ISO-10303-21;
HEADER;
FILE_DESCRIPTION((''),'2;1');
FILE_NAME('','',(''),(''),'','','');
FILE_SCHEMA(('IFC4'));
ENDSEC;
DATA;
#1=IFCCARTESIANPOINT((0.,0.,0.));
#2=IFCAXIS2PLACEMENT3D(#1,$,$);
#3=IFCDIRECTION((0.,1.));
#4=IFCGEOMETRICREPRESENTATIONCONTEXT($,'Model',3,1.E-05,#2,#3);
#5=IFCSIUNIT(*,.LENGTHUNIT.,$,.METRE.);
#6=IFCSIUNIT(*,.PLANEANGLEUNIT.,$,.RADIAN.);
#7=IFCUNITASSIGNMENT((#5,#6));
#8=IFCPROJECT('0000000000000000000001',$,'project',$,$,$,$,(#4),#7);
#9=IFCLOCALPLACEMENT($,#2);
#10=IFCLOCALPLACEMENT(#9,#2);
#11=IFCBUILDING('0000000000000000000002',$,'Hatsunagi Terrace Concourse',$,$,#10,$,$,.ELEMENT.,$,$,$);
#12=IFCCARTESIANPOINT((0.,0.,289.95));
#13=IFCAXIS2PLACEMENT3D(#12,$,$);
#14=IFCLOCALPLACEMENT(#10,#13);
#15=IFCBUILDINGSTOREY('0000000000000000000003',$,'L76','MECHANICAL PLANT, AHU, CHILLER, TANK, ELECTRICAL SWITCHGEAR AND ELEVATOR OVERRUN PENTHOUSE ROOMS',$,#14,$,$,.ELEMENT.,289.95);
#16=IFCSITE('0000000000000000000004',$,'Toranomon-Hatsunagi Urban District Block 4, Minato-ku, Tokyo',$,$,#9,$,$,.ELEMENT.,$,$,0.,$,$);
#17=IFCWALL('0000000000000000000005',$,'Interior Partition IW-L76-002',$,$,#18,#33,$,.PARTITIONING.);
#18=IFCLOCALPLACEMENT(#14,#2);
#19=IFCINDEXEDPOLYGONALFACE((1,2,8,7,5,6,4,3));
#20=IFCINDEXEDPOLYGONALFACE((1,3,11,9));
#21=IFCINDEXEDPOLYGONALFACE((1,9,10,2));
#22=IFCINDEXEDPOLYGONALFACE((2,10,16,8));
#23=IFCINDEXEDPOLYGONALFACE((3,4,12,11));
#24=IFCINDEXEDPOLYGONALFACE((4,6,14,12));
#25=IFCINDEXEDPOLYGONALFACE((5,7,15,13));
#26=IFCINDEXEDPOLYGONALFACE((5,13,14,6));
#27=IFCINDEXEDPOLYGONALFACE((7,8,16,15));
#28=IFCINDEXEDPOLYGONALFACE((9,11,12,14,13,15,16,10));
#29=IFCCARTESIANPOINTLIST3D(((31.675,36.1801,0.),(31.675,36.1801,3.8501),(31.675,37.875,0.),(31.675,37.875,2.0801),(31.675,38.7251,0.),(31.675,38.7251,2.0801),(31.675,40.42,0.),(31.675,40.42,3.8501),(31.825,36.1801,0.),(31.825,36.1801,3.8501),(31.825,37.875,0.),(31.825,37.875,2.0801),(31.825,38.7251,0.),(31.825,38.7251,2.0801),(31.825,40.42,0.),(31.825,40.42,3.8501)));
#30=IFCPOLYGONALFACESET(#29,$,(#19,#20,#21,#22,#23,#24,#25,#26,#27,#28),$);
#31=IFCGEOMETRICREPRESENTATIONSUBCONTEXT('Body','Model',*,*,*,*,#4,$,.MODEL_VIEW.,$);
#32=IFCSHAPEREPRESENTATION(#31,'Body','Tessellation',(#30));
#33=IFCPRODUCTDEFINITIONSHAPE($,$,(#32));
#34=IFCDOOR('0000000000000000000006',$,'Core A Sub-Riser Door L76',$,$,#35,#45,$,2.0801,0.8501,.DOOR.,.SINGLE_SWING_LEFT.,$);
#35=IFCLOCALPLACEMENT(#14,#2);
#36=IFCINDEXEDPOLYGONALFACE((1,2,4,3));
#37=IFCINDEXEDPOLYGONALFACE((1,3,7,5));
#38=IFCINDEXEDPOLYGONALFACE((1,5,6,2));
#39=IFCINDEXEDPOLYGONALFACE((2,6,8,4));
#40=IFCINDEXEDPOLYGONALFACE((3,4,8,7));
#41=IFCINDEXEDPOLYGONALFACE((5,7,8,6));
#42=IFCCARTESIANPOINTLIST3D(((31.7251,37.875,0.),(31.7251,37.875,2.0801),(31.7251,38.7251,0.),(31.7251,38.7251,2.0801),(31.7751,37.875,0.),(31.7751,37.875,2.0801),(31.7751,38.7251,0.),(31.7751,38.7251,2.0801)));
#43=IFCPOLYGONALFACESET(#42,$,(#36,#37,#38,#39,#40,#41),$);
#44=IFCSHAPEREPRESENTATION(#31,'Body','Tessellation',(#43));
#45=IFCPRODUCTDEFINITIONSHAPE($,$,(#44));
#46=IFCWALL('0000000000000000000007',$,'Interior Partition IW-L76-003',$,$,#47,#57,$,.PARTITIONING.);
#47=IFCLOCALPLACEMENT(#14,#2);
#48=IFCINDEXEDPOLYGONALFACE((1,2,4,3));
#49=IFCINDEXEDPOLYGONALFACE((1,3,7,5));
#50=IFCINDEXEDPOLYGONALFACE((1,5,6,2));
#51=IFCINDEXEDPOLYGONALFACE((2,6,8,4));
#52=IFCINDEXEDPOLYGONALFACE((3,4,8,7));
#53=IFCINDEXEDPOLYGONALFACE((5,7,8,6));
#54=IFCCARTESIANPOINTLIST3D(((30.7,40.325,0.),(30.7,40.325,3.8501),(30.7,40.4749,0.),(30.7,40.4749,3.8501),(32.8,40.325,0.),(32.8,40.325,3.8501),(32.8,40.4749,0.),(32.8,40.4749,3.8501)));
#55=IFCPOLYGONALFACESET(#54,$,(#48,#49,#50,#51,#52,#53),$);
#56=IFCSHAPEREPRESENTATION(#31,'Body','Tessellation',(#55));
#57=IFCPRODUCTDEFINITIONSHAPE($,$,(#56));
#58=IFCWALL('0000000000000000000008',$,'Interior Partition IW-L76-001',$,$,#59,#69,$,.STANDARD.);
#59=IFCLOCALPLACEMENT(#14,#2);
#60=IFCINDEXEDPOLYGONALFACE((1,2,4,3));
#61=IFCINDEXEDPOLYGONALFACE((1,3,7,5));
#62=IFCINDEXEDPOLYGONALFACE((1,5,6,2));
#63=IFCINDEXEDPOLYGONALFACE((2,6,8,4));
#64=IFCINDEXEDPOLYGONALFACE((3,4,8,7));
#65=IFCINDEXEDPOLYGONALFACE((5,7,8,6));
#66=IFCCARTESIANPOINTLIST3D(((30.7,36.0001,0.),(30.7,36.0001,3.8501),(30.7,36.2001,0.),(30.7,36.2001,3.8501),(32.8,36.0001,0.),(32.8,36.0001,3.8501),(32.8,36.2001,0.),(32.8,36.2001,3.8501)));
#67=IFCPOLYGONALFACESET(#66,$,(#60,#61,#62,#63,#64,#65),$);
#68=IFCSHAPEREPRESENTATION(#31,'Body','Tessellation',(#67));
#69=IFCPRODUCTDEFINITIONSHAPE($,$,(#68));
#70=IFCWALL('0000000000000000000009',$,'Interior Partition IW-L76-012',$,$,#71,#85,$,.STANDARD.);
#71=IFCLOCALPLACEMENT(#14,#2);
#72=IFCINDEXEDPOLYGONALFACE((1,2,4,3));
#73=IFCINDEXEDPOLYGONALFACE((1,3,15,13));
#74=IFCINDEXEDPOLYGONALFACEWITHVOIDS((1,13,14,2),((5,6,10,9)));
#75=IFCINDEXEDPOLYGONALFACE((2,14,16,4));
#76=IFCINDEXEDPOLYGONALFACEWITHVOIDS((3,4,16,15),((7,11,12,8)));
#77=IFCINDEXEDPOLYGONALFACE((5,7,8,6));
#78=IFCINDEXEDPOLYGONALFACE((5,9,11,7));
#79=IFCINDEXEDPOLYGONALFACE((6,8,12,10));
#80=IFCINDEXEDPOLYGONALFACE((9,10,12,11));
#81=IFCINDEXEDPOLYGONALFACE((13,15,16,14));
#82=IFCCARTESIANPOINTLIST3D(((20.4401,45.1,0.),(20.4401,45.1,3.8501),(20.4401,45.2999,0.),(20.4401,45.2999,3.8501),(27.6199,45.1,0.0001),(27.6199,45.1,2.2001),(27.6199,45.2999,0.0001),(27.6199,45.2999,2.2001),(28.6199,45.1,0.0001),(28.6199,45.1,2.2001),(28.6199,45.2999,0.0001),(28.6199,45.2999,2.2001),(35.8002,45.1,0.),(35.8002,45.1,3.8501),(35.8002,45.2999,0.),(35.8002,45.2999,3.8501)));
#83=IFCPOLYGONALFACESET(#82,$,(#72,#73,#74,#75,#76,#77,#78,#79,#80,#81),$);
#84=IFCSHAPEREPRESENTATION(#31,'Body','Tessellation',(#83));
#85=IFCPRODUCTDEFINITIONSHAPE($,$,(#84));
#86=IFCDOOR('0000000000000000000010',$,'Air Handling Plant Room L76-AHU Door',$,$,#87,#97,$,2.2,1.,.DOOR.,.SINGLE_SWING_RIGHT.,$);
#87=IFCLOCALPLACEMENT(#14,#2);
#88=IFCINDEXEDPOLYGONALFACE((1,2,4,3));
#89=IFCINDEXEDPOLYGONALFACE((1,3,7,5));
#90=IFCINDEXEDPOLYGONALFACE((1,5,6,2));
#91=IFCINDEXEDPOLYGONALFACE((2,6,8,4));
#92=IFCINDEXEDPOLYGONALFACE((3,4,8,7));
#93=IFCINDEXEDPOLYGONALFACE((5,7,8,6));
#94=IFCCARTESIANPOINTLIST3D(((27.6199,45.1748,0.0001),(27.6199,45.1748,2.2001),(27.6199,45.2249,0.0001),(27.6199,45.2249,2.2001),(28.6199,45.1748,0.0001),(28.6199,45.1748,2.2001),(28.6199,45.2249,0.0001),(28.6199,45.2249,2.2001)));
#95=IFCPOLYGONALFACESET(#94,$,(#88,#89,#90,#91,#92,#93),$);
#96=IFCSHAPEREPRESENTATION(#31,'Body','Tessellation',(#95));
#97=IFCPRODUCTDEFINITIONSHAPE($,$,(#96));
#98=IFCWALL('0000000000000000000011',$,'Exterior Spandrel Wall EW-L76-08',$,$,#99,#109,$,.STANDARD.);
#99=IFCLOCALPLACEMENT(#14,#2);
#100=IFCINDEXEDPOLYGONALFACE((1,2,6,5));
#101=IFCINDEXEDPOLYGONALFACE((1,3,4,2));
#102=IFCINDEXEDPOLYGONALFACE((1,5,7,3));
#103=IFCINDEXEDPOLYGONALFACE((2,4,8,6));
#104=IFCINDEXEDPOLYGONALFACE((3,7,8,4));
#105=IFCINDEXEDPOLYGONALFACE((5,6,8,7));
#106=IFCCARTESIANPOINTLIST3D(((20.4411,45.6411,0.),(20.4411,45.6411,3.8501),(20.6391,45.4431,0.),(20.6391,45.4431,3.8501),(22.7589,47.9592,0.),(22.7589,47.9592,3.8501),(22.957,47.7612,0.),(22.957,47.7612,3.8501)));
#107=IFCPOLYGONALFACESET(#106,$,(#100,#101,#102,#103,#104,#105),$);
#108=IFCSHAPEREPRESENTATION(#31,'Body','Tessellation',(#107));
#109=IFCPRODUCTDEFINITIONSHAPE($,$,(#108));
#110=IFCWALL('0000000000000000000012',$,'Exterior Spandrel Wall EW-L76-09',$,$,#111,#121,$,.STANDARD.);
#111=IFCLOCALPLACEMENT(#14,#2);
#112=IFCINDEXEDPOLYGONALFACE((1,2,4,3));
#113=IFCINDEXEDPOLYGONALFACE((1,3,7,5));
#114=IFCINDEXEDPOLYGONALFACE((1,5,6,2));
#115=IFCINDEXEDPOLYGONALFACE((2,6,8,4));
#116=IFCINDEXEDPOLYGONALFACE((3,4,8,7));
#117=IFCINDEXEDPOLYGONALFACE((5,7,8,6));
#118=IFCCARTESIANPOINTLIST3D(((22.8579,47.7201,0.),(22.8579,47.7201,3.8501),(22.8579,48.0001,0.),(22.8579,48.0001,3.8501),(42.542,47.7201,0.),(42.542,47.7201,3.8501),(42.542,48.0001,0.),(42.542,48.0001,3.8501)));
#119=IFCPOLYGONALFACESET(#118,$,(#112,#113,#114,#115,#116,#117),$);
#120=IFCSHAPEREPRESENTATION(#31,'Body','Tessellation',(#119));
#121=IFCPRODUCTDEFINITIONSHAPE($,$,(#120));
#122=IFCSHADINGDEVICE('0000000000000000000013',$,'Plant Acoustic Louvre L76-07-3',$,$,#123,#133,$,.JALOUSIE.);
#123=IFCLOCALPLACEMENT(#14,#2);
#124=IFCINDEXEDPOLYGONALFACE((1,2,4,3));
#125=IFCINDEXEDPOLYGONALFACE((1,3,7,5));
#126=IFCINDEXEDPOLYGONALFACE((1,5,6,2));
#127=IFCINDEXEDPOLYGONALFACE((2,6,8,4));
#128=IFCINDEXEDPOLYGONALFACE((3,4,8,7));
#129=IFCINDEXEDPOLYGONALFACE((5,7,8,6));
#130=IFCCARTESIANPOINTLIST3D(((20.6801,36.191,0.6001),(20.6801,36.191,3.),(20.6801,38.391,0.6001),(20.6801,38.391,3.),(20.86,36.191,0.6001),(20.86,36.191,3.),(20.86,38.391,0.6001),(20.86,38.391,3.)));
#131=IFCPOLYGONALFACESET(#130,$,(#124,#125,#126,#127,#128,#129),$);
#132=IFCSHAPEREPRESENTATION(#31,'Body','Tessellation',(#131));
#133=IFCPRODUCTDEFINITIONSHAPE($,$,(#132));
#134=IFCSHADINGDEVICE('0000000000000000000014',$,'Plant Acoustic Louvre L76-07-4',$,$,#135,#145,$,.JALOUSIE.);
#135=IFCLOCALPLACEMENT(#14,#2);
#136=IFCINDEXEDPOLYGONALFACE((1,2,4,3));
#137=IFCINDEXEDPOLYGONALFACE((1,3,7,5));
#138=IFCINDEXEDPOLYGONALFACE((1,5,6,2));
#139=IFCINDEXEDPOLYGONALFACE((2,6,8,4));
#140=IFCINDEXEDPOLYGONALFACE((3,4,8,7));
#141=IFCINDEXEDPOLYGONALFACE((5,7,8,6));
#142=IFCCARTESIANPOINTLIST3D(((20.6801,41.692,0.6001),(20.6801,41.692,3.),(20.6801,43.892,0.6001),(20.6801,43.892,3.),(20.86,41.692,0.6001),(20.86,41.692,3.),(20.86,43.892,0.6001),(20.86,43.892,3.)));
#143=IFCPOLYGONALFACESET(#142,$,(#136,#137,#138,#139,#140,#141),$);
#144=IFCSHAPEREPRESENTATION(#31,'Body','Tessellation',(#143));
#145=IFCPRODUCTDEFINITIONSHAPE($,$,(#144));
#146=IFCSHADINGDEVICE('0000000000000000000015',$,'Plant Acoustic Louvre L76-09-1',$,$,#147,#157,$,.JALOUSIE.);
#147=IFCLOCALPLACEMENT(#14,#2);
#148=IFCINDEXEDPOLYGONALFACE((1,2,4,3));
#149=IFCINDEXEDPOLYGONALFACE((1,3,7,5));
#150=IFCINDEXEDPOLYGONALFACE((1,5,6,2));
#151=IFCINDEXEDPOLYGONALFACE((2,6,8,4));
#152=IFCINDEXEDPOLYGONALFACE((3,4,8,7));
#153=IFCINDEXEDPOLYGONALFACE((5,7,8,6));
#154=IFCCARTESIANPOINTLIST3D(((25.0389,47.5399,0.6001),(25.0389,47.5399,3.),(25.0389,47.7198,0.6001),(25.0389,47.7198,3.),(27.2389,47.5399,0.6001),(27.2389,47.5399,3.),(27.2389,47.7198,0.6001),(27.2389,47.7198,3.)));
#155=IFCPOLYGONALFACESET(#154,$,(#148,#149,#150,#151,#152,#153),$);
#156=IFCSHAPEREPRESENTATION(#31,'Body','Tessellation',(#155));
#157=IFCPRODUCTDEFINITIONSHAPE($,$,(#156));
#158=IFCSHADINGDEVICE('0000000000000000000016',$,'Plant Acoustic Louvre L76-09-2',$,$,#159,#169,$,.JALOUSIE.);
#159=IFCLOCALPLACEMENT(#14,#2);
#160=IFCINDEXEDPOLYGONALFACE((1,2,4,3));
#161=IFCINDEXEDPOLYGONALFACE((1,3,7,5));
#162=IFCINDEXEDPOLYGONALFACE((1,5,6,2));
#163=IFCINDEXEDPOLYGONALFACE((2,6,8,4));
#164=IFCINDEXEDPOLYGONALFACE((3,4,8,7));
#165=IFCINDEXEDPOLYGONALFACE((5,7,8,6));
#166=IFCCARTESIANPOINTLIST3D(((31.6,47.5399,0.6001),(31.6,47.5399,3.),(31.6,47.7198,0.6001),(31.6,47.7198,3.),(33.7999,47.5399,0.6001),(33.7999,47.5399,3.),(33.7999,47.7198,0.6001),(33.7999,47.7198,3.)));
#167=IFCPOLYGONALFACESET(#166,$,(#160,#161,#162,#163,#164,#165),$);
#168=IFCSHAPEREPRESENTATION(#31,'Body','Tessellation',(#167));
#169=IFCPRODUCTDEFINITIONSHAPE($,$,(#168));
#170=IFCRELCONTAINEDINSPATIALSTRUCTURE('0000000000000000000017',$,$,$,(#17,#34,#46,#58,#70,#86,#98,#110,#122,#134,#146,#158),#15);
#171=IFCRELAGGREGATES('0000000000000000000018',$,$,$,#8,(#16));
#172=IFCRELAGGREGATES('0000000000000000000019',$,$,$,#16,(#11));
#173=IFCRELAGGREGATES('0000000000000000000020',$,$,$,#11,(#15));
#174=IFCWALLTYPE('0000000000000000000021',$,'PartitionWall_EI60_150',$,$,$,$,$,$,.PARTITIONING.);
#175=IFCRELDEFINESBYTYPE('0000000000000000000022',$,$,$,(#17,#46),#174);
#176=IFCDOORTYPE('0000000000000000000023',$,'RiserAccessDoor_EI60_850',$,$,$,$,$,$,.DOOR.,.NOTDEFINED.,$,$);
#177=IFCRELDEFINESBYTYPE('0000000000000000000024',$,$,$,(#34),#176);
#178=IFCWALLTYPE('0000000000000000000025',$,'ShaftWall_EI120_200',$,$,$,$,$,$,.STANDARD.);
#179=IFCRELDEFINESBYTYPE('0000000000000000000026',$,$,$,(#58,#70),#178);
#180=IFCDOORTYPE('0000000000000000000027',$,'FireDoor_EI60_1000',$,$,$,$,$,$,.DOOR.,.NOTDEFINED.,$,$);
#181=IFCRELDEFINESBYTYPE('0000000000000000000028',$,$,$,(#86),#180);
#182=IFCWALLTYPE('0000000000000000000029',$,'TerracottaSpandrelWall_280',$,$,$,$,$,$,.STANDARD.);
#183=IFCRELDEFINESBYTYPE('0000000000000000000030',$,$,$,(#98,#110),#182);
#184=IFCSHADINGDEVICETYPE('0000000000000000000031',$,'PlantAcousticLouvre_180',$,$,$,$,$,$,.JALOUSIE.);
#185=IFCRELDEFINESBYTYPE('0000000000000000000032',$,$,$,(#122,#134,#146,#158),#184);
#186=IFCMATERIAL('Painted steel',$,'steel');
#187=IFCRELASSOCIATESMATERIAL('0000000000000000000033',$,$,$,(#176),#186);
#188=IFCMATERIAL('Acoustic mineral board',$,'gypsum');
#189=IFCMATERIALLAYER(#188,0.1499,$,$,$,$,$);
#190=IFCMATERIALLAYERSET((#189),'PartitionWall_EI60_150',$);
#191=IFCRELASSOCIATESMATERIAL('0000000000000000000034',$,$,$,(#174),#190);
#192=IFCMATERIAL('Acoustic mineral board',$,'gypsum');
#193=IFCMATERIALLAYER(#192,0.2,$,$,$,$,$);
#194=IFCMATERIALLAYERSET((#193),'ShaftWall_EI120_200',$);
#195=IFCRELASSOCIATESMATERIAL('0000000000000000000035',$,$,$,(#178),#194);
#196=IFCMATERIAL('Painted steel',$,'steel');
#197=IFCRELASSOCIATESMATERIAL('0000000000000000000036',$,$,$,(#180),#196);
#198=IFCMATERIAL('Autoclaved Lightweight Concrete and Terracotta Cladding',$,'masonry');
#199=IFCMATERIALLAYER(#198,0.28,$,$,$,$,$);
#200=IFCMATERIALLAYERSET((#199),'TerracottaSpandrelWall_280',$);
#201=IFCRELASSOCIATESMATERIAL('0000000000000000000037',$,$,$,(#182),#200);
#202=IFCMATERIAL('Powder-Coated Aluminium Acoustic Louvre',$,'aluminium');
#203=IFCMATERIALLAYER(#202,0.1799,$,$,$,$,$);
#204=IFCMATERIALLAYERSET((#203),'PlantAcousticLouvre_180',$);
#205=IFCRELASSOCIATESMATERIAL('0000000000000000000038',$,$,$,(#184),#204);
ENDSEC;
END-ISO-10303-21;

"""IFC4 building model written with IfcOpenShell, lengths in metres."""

from ifc_helpers import new_model, si_unit, direction, frame, frame_2d, origin, origin_2d, place, context, subcontext, project, spatial, rectangle, extrude, material, layer, layer_set, type_object, element, fill, save


model = new_model("IFC4")

# Units and contexts
model_context = context("Model", 3, precision=1e-05, world=origin(), true_north=direction((0.0, 1.0)))
body_context = subcontext(model_context, "Body", "Model", "MODEL_VIEW")
ifc_project = project(units=[si_unit("LENGTHUNIT", "METRE"), si_unit("PLANEANGLEUNIT", "RADIAN")], contexts=[model_context])

# Site, building, storey
site_placement = place(None, origin())
site = spatial("IfcSite", under=ifc_project, at=site_placement, Name="Toranomon-Hatsunagi Urban District Block 4, Minato-ku, Tokyo", CompositionType="ELEMENT", RefElevation=0.0)
building_placement = place(site_placement, origin())
building = spatial("IfcBuilding", under=site, at=building_placement, Name="Hatsunagi Terrace Concourse", CompositionType="ELEMENT")
storey_placement = place(building_placement, frame((0.0, 0.0, 289.95)))
storey = spatial("IfcBuildingStorey", under=building, at=storey_placement, Name="L76", Description="MECHANICAL PLANT, AHU, CHILLER, TANK, ELECTRICAL SWITCHGEAR AND ELEVATOR OVERRUN PENTHOUSE ROOMS", CompositionType="ELEMENT", Elevation=289.95)

# Shared definitions
ifc_material_1 = material(Name="Painted steel", Category="steel")
door_type_1 = type_object("IfcDoorType", Name="RiserAccessDoor_EI60_850", OperationType="NOTDEFINED", PredefinedType="DOOR", material=ifc_material_1)

# Wall, opening, door
ifc_material_2 = material(Name="Acoustic mineral board", Category="gypsum")
ifc_layer_1 = layer(ifc_material_2, 0.1499)
ifc_layer_set_1 = layer_set([ifc_layer_1], Name="PartitionWall_EI60_150")
wall_type_1 = type_object("IfcWallType", Name="PartitionWall_EI60_150", PredefinedType="PARTITIONING", material=ifc_layer_set_1)
wall_1_placement = place(storey_placement, frame((31.75, 36.1799, 0.0), z_axis=(0.0, 0.0, 1.0), x_axis=(0.0, 1.0, 0.0)))
wall_1 = element("IfcWall", 1, at=wall_1_placement, inside=storey, type_object=wall_type_1, Name="Interior Partition IW-L76-002", PredefinedType="PARTITIONING", context=body_context, shape_type="SweptSolid", body=[
    extrude(rectangle(XDim=4.24, YDim=0.1499, at=frame_2d((2.1201, 0.0))), origin(), (0.0, 0.0, 1.0), 3.8501),
])
opening_1_placement = place(wall_1_placement, frame((1.6951, 0.0, 0.0)))
opening_1 = element("IfcOpeningElement", 2, at=opening_1_placement, cuts=wall_1, PredefinedType="OPENING", context=body_context, shape_type="SweptSolid", body=[
    extrude(rectangle(XDim=0.8501, YDim=2.0801, at=frame_2d((0.425, 1.04))), frame((0.0, 0.085, 0.0), z_axis=(0.0, -1.0, 0.0), x_axis=(1.0, 0.0, 0.0)), (0.0, 0.0, 1.0), 0.1699),
])
door_1_placement = place(opening_1_placement, origin())
door_1 = element("IfcDoor", 3, at=door_1_placement, inside=storey, type_object=door_type_1, Name="Core A Sub-Riser Door L76", OperationType="SINGLE_SWING_LEFT", OverallHeight=2.0801, OverallWidth=0.8501, PredefinedType="DOOR", context=body_context, shape_type="SweptSolid", body=[
    extrude(rectangle(XDim=0.8501, YDim=2.0801, at=frame_2d((0.425, 1.04))), frame((0.0, 0.0249, 0.0), z_axis=(0.0, -1.0, 0.0), x_axis=(1.0, 0.0, 0.0)), (0.0, 0.0, 1.0), 0.05),
])
fill(opening_1, door_1)

# Walls
wall_2_placement = place(storey_placement, frame((30.7, 40.3999, 0.0), z_axis=(0.0, 0.0, 1.0), x_axis=(1.0, 0.0, 0.0)))
element("IfcWall", 4, at=wall_2_placement, inside=storey, type_object=wall_type_1, Name="Interior Partition IW-L76-003", PredefinedType="PARTITIONING", context=body_context, shape_type="SweptSolid", body=[
    extrude(rectangle(XDim=2.1001, YDim=0.1499, at=frame_2d((1.05, 0.0))), origin(), (0.0, 0.0, 1.0), 3.8501),
])
ifc_material_3 = material(Name="Acoustic mineral board", Category="gypsum")
ifc_layer_2 = layer(ifc_material_3, 0.2)
ifc_layer_set_2 = layer_set([ifc_layer_2], Name="ShaftWall_EI120_200")
wall_type_2 = type_object("IfcWallType", Name="ShaftWall_EI120_200", PredefinedType="STANDARD", material=ifc_layer_set_2)
wall_3_placement = place(storey_placement, frame((30.7, 36.1001, 0.0), z_axis=(0.0, 0.0, 1.0), x_axis=(1.0, 0.0, 0.0)))
element("IfcWall", 5, at=wall_3_placement, inside=storey, type_object=wall_type_2, Name="Interior Partition IW-L76-001", PredefinedType="STANDARD", context=body_context, shape_type="SweptSolid", body=[
    extrude(rectangle(XDim=2.1001, YDim=0.2, at=frame_2d((1.05, 0.0))), origin(), (0.0, 0.0, 1.0), 3.8501),
])

# Wall, opening, door
wall_4_placement = place(storey_placement, frame((20.4399, 45.2, 0.0), z_axis=(0.0, 0.0, 1.0), x_axis=(1.0, 0.0, 0.0)))
wall_4 = element("IfcWall", 6, at=wall_4_placement, inside=storey, type_object=wall_type_2, Name="Interior Partition IW-L76-012", PredefinedType="STANDARD", context=body_context, shape_type="SweptSolid", body=[
    extrude(rectangle(XDim=15.3601, YDim=0.2, at=frame_2d((7.6802, 0.0))), origin(), (0.0, 0.0, 1.0), 3.8501),
])
opening_2_placement = place(wall_4_placement, frame((7.1799, 0.0, 0.0)))
opening_2 = element("IfcOpeningElement", 7, at=opening_2_placement, cuts=wall_4, PredefinedType="OPENING", context=body_context, shape_type="SweptSolid", body=[
    extrude(rectangle(XDim=1.0, YDim=2.2, at=frame_2d((0.5, 1.1001))), frame((0.0, 0.1099, 0.0), z_axis=(0.0, -1.0, 0.0), x_axis=(1.0, 0.0, 0.0)), (0.0, 0.0, 1.0), 0.22),
])
ifc_material_4 = material(Name="Painted steel", Category="steel")
door_type_2 = type_object("IfcDoorType", Name="FireDoor_EI60_1000", OperationType="NOTDEFINED", PredefinedType="DOOR", material=ifc_material_4)
door_2_placement = place(opening_2_placement, origin())
door_2 = element("IfcDoor", 8, at=door_2_placement, inside=storey, type_object=door_type_2, Name="Air Handling Plant Room L76-AHU Door", OperationType="SINGLE_SWING_RIGHT", OverallHeight=2.2, OverallWidth=1.0, PredefinedType="DOOR", context=body_context, shape_type="SweptSolid", body=[
    extrude(rectangle(XDim=1.0, YDim=2.2, at=frame_2d((0.5, 1.1001))), frame((0.0, 0.0249, 0.0), z_axis=(0.0, -1.0, 0.0), x_axis=(1.0, 0.0, 0.0)), (0.0, 0.0, 1.0), 0.05),
])
fill(opening_2, door_2)

# Walls
ifc_material_5 = material(Name="Autoclaved Lightweight Concrete and Terracotta Cladding", Category="masonry")
ifc_layer_3 = layer(ifc_material_5, 0.28)
ifc_layer_set_3 = layer_set([ifc_layer_3], Name="TerracottaSpandrelWall_280")
wall_type_3 = type_object("IfcWallType", Name="TerracottaSpandrelWall_280", PredefinedType="STANDARD", material=ifc_layer_set_3)
wall_5_placement = place(storey_placement, frame((20.54, 45.542, 0.0), z_axis=(0.0, 0.0, 1.0), x_axis=(0.70707, 0.707144, 0.0)))
element("IfcWall", 9, at=wall_5_placement, inside=storey, type_object=wall_type_3, Name="Exterior Spandrel Wall EW-L76-08", PredefinedType="STANDARD", context=body_context, shape_type="SweptSolid", body=[
    extrude(rectangle(XDim=3.2781, YDim=0.28, at=frame_2d((1.6392, 0.0))), origin(), (0.0, 0.0, 1.0), 3.8501),
])
wall_6_placement = place(storey_placement, frame((22.8579, 47.8601, 0.0), z_axis=(0.0, 0.0, 1.0), x_axis=(1.0, 0.0, 0.0)))
element("IfcWall", 10, at=wall_6_placement, inside=storey, type_object=wall_type_3, Name="Exterior Spandrel Wall EW-L76-09", PredefinedType="STANDARD", context=body_context, shape_type="SweptSolid", body=[
    extrude(rectangle(XDim=19.6841, YDim=0.28, at=frame_2d((9.842, 0.0))), origin(), (0.0, 0.0, 1.0), 3.8501),
])

# Shading devices
ifc_material_6 = material(Name="Powder-Coated Aluminium Acoustic Louvre", Category="aluminium")
ifc_layer_4 = layer(ifc_material_6, 0.1799)
ifc_layer_set_4 = layer_set([ifc_layer_4], Name="PlantAcousticLouvre_180")
shading_device_type = type_object("IfcShadingDeviceType", Name="PlantAcousticLouvre_180", PredefinedType="JALOUSIE", material=ifc_layer_set_4)
for number, where, z_axis, x_axis, name in (
    (11, (20.77, 37.291, 0.6001), (0.0, 0.0, 1.0), (0.0, 1.0, 0.0), "Plant Acoustic Louvre L76-07-3"),
    (12, (20.77, 42.792, 0.6001), (0.0, 0.0, 1.0), (0.0, 1.0, 0.0), "Plant Acoustic Louvre L76-07-4"),
    (13, (26.1389, 47.6299, 0.6001), (0.0, 0.0, 1.0), (1.0, 0.0, 0.0), "Plant Acoustic Louvre L76-09-1"),
    (14, (32.7, 47.6299, 0.6001), (0.0, 0.0, 1.0), (1.0, 0.0, 0.0), "Plant Acoustic Louvre L76-09-2"),
):
    element("IfcShadingDevice", number, at=place(storey_placement, frame(where, z_axis=z_axis, x_axis=x_axis)), inside=storey, type_object=shading_device_type, Name=name, PredefinedType="JALOUSIE", context=body_context, shape_type="SweptSolid", body=[
        extrude(rectangle(XDim=2.2, YDim=0.1799, at=origin_2d()), origin(), (0.0, 0.0, 1.0), 2.3999),
    ])

save(model, "model.ifc")
